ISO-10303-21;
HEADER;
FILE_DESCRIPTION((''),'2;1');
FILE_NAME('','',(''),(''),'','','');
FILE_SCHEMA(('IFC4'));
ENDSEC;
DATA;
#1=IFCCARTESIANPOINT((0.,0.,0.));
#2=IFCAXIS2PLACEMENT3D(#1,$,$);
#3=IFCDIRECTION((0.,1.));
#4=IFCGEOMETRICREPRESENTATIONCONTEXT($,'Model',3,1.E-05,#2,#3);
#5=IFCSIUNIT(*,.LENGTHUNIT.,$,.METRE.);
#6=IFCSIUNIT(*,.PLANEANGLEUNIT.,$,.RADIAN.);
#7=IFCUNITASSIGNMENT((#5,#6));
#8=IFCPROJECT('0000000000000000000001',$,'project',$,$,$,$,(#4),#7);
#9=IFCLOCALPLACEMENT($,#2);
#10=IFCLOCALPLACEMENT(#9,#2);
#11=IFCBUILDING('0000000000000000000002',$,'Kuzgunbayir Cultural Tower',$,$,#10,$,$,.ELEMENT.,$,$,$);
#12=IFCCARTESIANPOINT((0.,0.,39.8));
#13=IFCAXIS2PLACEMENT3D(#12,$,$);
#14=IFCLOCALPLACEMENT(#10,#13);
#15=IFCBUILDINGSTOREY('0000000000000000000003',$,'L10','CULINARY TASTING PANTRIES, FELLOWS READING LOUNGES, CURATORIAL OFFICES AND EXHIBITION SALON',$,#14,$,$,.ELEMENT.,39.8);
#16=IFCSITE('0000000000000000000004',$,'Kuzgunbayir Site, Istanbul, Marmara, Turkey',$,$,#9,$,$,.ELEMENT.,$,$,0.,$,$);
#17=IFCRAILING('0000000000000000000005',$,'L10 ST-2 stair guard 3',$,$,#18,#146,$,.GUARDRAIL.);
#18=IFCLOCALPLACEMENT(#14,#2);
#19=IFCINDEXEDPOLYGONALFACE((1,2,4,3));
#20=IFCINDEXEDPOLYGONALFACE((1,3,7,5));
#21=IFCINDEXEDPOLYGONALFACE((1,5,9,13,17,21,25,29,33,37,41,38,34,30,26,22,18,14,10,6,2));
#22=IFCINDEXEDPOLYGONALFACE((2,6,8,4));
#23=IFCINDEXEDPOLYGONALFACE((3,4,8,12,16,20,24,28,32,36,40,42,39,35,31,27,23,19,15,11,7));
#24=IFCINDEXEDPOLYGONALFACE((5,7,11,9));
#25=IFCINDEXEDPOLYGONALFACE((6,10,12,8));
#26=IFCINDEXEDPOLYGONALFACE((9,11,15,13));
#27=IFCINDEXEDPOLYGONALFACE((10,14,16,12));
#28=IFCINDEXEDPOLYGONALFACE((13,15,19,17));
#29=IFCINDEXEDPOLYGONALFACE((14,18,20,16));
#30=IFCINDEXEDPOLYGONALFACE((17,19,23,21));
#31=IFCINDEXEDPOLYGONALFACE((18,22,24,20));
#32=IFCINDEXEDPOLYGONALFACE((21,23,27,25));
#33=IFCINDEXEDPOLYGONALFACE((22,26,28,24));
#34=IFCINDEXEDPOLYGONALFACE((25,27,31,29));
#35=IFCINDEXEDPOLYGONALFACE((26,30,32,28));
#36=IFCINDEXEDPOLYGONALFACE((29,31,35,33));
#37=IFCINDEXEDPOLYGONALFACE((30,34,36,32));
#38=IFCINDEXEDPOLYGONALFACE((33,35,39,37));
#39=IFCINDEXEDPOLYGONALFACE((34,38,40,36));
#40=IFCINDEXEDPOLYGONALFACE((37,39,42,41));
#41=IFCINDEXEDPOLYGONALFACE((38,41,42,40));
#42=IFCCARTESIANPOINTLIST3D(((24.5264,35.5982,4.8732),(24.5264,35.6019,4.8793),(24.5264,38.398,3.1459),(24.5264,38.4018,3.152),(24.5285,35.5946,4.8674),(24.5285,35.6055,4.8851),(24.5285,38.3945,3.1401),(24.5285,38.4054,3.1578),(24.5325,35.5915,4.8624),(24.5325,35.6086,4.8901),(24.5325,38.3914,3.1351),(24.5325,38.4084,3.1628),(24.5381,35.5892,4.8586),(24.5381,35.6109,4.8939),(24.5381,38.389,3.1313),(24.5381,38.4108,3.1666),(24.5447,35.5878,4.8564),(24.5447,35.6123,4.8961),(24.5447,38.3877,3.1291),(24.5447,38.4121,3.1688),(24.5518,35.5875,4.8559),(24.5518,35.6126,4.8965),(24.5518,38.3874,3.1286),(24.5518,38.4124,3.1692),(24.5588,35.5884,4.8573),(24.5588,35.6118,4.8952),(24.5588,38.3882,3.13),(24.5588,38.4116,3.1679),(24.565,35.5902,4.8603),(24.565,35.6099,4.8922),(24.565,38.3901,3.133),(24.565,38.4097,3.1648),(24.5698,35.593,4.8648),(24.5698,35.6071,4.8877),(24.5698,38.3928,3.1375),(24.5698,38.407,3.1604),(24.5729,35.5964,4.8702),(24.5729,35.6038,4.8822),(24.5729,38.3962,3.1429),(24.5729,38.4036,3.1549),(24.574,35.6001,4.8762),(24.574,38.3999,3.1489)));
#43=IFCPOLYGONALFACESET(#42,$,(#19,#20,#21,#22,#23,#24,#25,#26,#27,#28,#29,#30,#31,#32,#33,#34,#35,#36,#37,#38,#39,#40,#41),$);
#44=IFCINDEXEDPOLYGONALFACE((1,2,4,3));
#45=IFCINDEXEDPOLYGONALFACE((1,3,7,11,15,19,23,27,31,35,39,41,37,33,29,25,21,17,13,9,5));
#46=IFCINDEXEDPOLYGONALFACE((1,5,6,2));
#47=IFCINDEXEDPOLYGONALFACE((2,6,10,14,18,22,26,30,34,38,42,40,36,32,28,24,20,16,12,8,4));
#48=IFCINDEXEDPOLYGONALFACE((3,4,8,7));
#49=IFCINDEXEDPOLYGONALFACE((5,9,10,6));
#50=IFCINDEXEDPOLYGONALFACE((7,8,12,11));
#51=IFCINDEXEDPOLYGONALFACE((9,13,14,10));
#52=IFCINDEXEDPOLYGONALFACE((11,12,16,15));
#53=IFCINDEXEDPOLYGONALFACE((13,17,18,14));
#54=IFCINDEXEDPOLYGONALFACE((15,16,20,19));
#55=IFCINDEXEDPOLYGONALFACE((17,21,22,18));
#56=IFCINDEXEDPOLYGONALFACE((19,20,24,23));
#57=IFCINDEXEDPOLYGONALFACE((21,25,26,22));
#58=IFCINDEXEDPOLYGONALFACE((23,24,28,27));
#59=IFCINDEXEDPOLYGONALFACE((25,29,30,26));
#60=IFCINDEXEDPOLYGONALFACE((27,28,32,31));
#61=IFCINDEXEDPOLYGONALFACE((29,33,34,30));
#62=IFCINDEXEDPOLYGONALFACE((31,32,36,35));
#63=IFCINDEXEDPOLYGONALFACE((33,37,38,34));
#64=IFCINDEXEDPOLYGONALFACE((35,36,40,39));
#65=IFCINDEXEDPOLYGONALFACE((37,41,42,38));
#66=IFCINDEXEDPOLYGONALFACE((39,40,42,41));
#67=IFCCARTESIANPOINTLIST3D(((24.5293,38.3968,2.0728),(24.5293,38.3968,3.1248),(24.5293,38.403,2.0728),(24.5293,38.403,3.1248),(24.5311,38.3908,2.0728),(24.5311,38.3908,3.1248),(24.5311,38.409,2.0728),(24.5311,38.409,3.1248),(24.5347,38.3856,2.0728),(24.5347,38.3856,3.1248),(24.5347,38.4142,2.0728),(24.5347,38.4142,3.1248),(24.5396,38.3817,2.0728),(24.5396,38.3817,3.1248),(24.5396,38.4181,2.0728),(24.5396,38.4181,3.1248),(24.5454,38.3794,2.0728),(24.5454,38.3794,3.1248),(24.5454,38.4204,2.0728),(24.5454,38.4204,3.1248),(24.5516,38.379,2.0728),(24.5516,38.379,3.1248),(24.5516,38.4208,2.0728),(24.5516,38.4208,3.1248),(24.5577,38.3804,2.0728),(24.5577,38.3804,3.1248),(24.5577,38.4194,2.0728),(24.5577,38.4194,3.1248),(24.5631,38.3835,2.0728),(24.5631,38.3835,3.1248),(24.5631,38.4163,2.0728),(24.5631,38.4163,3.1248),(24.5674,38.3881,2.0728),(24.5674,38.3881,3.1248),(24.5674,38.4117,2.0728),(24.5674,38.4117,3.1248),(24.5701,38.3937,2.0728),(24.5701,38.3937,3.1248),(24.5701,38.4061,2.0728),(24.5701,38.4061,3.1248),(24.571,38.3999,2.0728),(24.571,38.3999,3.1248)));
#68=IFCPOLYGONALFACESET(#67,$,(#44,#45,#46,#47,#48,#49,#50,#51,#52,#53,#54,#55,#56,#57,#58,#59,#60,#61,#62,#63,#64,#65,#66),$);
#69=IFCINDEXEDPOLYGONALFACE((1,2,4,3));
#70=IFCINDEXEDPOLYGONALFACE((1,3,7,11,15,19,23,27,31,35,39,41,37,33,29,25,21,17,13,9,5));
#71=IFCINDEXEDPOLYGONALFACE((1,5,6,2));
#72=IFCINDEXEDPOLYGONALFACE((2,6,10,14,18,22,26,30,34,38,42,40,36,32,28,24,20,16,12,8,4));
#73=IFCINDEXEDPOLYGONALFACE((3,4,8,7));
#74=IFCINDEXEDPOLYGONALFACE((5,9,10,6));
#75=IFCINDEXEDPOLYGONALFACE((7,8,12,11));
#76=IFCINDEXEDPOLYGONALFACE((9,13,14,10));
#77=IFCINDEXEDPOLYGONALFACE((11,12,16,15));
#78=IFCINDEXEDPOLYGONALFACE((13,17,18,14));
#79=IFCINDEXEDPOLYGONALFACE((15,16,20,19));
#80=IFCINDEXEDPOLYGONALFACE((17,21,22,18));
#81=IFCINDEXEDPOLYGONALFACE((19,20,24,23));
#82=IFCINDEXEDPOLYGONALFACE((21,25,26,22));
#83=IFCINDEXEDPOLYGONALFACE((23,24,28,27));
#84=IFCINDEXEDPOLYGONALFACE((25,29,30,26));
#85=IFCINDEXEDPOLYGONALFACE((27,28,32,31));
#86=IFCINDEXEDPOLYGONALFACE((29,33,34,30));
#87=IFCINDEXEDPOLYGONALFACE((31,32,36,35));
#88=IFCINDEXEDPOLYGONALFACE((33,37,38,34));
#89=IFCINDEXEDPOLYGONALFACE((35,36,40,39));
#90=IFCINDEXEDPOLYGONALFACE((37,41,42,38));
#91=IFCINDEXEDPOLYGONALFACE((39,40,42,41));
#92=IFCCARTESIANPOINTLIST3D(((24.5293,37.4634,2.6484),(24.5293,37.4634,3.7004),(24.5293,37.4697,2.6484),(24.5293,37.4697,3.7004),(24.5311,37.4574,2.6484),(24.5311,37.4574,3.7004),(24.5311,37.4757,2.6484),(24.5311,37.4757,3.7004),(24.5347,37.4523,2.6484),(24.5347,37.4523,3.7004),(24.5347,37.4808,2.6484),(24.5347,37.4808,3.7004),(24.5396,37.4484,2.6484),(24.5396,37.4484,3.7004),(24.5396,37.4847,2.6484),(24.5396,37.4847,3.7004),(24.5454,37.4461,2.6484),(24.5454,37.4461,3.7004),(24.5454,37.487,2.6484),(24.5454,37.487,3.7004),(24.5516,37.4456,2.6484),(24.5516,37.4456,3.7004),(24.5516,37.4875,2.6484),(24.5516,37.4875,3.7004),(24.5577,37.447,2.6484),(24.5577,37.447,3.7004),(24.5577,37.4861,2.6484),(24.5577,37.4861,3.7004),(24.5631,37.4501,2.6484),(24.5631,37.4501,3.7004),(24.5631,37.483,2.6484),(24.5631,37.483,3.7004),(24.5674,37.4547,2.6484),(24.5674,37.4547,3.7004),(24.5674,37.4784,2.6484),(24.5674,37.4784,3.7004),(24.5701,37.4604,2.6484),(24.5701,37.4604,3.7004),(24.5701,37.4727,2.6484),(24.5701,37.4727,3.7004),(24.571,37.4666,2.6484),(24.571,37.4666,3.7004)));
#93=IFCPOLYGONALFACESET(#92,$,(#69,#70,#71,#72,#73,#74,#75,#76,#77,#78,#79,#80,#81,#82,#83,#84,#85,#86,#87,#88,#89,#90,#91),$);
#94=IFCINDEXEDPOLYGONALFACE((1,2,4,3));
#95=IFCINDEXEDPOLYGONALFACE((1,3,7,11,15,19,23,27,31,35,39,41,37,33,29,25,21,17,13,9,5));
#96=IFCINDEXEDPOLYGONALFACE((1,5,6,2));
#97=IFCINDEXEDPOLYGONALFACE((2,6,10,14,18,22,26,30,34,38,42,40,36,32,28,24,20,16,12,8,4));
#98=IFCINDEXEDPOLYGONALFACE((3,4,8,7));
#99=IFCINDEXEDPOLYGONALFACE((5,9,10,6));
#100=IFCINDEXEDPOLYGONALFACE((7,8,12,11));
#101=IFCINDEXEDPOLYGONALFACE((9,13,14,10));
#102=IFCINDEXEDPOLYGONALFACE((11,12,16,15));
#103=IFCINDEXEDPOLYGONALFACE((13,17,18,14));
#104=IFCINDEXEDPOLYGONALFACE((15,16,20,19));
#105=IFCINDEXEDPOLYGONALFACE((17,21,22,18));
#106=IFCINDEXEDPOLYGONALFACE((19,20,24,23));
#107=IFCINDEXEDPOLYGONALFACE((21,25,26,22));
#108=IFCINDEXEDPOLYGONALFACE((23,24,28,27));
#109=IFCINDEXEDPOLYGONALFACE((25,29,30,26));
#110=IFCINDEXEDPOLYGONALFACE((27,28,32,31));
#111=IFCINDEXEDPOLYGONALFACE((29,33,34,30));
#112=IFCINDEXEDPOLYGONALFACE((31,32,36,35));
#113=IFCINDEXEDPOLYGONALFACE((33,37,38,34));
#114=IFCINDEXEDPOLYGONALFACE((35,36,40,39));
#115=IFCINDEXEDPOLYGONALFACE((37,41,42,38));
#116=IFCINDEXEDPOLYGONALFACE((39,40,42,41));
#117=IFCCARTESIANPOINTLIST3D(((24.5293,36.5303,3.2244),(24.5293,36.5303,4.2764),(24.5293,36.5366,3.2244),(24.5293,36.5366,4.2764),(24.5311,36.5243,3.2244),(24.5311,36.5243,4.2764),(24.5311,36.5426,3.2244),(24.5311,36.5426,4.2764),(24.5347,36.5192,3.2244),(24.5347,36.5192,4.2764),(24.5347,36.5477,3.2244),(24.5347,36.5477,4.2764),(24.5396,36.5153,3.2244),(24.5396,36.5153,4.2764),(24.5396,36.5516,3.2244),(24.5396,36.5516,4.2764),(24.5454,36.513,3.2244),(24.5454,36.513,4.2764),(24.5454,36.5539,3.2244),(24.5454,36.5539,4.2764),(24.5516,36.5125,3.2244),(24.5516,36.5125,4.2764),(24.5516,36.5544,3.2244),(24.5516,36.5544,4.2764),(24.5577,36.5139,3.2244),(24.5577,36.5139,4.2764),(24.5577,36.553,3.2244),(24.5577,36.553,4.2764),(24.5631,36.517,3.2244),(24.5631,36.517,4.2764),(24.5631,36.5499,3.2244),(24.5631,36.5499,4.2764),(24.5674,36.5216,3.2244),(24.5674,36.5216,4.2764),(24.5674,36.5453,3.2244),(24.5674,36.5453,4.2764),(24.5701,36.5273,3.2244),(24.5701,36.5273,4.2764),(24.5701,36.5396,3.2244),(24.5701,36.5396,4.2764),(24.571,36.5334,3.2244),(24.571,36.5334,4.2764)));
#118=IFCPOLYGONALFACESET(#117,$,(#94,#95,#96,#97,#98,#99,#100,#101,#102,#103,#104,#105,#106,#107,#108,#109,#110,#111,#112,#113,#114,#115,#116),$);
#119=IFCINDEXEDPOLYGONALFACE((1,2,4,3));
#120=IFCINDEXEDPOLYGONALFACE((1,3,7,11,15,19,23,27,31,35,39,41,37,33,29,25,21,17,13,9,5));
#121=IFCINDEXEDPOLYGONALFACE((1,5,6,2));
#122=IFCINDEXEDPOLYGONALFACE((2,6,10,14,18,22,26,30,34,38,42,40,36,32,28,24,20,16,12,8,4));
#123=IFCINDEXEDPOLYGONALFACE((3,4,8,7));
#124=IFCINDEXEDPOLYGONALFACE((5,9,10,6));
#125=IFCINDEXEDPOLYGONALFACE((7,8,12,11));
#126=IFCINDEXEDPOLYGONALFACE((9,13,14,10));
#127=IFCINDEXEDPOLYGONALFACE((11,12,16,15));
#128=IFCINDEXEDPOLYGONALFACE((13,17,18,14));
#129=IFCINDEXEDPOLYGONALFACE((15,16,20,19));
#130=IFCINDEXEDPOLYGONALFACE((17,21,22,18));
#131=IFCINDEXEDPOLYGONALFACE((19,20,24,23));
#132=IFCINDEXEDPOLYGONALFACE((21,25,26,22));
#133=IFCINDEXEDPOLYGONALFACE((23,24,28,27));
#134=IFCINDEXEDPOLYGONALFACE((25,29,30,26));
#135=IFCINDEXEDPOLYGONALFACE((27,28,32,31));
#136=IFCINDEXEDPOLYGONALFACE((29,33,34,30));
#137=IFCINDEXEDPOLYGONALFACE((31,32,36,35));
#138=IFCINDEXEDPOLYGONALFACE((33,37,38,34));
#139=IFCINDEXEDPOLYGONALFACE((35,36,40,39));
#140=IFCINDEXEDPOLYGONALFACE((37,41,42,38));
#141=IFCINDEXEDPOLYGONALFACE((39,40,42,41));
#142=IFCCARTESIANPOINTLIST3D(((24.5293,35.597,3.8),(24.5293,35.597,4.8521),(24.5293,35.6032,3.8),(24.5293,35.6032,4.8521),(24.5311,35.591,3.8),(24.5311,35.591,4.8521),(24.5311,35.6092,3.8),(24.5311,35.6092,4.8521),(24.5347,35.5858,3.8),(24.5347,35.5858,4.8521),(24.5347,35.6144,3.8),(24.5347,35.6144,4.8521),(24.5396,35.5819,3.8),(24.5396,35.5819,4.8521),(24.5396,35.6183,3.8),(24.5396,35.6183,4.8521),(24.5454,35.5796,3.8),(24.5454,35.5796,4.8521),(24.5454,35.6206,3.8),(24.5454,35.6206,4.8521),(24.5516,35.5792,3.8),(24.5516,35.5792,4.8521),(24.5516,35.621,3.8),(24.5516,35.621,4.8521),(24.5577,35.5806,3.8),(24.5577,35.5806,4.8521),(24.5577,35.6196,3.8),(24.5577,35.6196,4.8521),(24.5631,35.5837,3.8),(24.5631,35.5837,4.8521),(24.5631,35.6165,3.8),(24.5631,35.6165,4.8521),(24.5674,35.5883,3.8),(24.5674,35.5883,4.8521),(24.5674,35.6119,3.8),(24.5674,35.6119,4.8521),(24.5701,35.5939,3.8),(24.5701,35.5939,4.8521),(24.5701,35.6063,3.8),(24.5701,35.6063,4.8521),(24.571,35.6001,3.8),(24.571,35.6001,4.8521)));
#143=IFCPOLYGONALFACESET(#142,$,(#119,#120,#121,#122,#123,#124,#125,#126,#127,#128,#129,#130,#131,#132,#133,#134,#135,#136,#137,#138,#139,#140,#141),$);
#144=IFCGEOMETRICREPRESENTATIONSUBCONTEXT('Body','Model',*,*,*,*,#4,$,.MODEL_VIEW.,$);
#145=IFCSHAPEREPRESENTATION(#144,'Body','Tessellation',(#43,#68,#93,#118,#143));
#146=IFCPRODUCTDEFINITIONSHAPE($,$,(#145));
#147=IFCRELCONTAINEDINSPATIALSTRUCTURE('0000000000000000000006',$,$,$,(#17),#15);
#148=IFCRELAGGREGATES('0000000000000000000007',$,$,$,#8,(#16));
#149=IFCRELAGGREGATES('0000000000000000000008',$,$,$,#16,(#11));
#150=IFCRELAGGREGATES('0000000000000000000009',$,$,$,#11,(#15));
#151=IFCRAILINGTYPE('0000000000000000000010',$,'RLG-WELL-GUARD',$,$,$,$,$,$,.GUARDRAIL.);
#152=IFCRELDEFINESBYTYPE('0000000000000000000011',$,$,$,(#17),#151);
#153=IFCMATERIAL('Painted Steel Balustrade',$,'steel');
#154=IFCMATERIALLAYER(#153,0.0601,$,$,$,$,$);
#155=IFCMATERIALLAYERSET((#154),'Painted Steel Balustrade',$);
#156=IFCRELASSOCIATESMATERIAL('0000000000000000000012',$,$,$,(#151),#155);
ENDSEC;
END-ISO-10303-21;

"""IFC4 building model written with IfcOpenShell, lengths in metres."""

from ifc_helpers import new_model, si_unit, direction, frame, origin, origin_2d, place, context, subcontext, project, spatial, circle, extrude, material, layer, layer_set, type_object, element, save


model = new_model("IFC4")

# Units and contexts
model_context = context("Model", 3, precision=1e-05, world=origin(), true_north=direction((0.0, 1.0)))
body_context = subcontext(model_context, "Body", "Model", "MODEL_VIEW")
ifc_project = project(units=[si_unit("LENGTHUNIT", "METRE"), si_unit("PLANEANGLEUNIT", "RADIAN")], contexts=[model_context])

# Site, building, storey
site_placement = place(None, origin())
site = spatial("IfcSite", under=ifc_project, at=site_placement, Name="Kuzgunbayir Site, Istanbul, Marmara, Turkey", CompositionType="ELEMENT", RefElevation=0.0)
building_placement = place(site_placement, origin())
building = spatial("IfcBuilding", under=site, at=building_placement, Name="Kuzgunbayir Cultural Tower", CompositionType="ELEMENT")
storey_placement = place(building_placement, frame((0.0, 0.0, 39.8)))
storey = spatial("IfcBuildingStorey", under=building, at=storey_placement, Name="L10", Description="CULINARY TASTING PANTRIES, FELLOWS READING LOUNGES, CURATORIAL OFFICES AND EXHIBITION SALON", CompositionType="ELEMENT", Elevation=39.8)

# Railing
ifc_material_1 = material(Name="Painted Steel Balustrade", Category="steel")
ifc_layer_1 = layer(ifc_material_1, 0.0601)
ifc_layer_set_1 = layer_set([ifc_layer_1], Name="Painted Steel Balustrade")
railing_type_1 = type_object("IfcRailingType", Name="RLG-WELL-GUARD", PredefinedType="GUARDRAIL", material=ifc_layer_set_1)
railing_1_placement = place(storey_placement, frame((24.55, 38.3999, 2.0728)))
element("IfcRailing", 1, at=railing_1_placement, inside=storey, type_object=railing_type_1, Name="L10 ST-2 stair guard 3", PredefinedType="GUARDRAIL", context=body_context, shape_type="SweptSolid", body=[
    extrude(circle(Radius=0.0239, at=origin_2d()), frame((0.0, 0.0, 1.0762), z_axis=(0.0, -0.851069, 0.525054), x_axis=(1.0, 0.0, 0.0)), (0.0, 0.0, 1.0), 3.2898),
    extrude(circle(Radius=0.021, at=origin_2d()), origin(), (0.0, 0.0, 1.0), 1.052),
    extrude(circle(Radius=0.021, at=origin_2d()), frame((0.0, -0.9333, 0.5757)), (0.0, 0.0, 1.0), 1.052),
    extrude(circle(Radius=0.021, at=origin_2d()), frame((0.0, -1.8665, 1.1516)), (0.0, 0.0, 1.0), 1.052),
    extrude(circle(Radius=0.021, at=origin_2d()), frame((0.0, -2.7998, 1.7273)), (0.0, 0.0, 1.0), 1.052),
])

save(model, "model.ifc")
